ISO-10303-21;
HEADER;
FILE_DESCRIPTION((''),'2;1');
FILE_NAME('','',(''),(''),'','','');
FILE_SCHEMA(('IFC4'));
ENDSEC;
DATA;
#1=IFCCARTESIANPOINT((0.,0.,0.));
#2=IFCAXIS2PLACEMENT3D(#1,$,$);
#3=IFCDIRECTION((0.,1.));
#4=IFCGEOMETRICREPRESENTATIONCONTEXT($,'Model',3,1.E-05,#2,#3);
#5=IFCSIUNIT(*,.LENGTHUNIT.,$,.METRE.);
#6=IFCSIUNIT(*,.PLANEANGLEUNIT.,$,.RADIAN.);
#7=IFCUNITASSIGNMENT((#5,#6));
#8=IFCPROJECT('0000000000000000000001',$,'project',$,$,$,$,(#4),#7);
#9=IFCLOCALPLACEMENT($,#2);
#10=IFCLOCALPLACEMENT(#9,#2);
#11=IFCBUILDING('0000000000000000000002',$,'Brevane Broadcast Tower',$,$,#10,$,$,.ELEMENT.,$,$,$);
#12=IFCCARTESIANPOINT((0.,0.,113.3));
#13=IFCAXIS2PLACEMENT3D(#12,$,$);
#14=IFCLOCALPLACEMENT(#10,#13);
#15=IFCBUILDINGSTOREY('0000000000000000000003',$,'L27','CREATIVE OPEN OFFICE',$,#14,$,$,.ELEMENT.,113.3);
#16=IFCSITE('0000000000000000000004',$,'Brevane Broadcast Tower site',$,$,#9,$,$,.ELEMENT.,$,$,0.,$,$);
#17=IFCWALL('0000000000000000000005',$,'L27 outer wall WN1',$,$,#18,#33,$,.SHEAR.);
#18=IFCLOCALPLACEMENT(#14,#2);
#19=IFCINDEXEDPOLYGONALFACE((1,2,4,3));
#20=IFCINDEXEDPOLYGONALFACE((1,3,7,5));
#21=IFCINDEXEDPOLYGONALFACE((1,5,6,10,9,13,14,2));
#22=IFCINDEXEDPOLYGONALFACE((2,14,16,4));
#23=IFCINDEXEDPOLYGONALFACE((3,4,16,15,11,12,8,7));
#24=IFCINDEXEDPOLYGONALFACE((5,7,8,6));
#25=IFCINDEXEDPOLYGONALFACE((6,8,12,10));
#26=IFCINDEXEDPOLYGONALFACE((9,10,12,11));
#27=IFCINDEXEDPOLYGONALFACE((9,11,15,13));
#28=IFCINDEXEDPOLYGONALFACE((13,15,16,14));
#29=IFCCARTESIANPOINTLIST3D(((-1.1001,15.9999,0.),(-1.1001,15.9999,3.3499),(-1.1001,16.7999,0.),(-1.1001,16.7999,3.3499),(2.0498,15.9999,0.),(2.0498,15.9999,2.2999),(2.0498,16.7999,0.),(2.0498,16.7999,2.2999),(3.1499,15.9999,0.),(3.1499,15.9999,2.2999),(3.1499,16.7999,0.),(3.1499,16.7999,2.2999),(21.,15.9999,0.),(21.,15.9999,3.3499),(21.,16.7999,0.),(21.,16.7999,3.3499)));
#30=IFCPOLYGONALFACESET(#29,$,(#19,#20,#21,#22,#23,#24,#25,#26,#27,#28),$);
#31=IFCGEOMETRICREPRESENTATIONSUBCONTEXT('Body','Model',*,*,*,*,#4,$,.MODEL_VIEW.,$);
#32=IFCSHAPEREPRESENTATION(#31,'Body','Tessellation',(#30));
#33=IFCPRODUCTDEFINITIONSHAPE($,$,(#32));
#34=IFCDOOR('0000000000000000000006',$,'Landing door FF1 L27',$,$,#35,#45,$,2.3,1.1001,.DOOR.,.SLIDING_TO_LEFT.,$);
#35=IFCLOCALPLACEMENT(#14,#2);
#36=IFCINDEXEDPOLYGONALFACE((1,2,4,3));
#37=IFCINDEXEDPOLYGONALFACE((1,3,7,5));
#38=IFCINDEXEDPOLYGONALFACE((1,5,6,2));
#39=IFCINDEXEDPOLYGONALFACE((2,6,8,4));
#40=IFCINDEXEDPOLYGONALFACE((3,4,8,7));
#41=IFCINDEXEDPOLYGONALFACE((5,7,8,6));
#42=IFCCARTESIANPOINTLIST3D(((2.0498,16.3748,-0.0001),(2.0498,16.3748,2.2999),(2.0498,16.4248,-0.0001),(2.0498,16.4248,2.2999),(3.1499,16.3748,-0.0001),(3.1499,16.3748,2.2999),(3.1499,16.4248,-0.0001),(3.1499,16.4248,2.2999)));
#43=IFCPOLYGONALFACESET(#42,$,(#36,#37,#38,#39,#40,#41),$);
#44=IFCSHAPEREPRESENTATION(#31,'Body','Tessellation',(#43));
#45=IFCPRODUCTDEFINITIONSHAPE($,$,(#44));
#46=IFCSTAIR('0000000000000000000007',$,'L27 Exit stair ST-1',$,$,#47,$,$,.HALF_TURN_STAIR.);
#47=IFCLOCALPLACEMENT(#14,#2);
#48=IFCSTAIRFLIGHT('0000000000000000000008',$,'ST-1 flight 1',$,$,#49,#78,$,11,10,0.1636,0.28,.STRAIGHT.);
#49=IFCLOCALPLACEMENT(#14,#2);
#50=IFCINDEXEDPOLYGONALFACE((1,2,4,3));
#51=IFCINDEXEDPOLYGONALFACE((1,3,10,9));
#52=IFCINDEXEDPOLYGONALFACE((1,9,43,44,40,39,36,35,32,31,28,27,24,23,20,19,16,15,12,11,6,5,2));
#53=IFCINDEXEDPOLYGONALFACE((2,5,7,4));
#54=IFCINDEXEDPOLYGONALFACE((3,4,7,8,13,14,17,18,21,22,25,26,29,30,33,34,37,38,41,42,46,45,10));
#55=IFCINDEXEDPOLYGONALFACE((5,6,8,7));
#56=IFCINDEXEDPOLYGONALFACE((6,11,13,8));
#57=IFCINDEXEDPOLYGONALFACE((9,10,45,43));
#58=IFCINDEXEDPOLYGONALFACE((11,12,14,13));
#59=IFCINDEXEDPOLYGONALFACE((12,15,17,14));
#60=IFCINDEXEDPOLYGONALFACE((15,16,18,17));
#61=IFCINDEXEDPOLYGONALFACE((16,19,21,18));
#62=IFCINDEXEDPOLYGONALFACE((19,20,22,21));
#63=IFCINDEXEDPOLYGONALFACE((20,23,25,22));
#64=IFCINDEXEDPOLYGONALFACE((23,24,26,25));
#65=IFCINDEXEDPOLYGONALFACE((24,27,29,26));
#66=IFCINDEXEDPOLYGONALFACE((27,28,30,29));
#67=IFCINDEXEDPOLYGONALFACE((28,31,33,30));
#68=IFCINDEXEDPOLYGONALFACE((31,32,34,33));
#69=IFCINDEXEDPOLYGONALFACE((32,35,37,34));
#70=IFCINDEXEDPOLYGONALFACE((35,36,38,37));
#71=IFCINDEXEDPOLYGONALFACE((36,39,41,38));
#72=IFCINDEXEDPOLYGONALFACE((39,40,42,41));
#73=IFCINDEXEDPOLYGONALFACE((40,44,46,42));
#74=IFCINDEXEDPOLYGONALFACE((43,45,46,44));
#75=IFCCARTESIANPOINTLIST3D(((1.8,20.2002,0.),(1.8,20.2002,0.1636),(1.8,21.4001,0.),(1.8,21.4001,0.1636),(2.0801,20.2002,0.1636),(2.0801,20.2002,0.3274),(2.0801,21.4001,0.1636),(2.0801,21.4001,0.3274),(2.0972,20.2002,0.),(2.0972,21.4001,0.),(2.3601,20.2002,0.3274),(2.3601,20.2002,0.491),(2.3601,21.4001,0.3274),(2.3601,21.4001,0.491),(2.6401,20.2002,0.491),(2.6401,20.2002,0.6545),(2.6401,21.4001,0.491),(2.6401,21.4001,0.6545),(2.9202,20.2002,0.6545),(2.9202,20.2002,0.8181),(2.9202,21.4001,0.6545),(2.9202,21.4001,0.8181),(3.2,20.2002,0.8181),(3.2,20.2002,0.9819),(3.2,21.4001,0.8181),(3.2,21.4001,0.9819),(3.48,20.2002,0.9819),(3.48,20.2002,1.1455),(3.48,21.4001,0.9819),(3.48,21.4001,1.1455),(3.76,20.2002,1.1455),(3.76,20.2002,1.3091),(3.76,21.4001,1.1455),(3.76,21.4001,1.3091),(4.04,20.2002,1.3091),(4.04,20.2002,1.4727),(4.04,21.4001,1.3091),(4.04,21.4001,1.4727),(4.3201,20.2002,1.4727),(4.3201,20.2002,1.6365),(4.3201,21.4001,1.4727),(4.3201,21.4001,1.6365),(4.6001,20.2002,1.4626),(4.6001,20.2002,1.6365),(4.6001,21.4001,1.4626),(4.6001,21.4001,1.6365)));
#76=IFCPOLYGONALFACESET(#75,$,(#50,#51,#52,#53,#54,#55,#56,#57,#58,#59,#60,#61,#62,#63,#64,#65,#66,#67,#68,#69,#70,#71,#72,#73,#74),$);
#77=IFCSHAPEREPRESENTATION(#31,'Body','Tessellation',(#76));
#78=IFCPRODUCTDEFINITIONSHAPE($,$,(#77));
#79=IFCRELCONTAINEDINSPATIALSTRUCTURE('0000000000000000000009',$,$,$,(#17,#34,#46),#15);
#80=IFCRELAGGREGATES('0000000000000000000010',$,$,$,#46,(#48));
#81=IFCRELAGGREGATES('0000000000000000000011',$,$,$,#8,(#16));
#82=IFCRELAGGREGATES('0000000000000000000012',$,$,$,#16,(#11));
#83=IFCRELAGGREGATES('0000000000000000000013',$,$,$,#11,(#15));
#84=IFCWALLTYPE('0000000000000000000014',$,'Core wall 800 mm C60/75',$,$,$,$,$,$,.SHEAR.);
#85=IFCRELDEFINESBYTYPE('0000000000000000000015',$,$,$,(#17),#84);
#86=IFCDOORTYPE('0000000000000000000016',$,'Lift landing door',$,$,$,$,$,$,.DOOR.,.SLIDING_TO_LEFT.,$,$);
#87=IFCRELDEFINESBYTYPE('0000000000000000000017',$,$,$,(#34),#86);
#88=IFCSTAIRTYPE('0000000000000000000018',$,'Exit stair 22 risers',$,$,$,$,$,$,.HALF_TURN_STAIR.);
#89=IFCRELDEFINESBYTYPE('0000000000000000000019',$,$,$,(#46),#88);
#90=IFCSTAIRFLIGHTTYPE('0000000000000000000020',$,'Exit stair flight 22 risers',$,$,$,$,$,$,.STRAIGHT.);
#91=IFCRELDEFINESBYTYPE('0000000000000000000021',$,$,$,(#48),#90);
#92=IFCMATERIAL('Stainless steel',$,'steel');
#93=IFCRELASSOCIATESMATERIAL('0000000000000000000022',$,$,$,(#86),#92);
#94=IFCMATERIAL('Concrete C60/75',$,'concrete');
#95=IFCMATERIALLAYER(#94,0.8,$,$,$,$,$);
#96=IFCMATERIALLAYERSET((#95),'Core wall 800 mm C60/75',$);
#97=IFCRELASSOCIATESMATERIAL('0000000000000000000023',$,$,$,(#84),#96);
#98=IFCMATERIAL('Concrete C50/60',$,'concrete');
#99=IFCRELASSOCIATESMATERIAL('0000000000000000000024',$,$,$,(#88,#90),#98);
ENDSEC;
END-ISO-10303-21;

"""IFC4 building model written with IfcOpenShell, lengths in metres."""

from ifc_helpers import new_model, si_unit, direction, frame, frame_2d, origin, place, context, subcontext, project, spatial, polyline, rectangle, outline, extrude, material, layer, layer_set, type_object, element, fill, aggregate, save


model = new_model("IFC4")

# Units and contexts
model_context = context("Model", 3, precision=1e-05, world=origin(), true_north=direction((0.0, 1.0)))
body_context = subcontext(model_context, "Body", "Model", "MODEL_VIEW")
ifc_project = project(units=[si_unit("LENGTHUNIT", "METRE"), si_unit("PLANEANGLEUNIT", "RADIAN")], contexts=[model_context])

# Site, building, storey
site_placement = place(None, origin())
site = spatial("IfcSite", under=ifc_project, at=site_placement, Name="Brevane Broadcast Tower site", CompositionType="ELEMENT", RefElevation=0.0)
building_placement = place(site_placement, origin())
building = spatial("IfcBuilding", under=site, at=building_placement, Name="Brevane Broadcast Tower", CompositionType="ELEMENT")
storey_placement = place(building_placement, frame((0.0, 0.0, 113.3)))
storey = spatial("IfcBuildingStorey", under=building, at=storey_placement, Name="L27", Description="CREATIVE OPEN OFFICE", CompositionType="ELEMENT", Elevation=113.3)

# Shared definitions
ifc_material_1 = material(Name="Concrete C60/75", Category="concrete")
ifc_material_2 = material(Name="Stainless steel", Category="steel")
door_type = type_object("IfcDoorType", Name="Lift landing door", OperationType="SLIDING_TO_LEFT", PredefinedType="DOOR", material=ifc_material_2)

# Wall, opening, door
ifc_layer_1 = layer(ifc_material_1, 0.8)
ifc_layer_set_1 = layer_set([ifc_layer_1], Name="Core wall 800 mm C60/75")
wall_type_1 = type_object("IfcWallType", Name="Core wall 800 mm C60/75", PredefinedType="SHEAR", material=ifc_layer_set_1)
wall_1_placement = place(storey_placement, frame((-1.1001, 16.3999, 0.0), z_axis=(0.0, 0.0, 1.0), x_axis=(1.0, 0.0, 0.0)))
wall_1 = element("IfcWall", 1, at=wall_1_placement, inside=storey, type_object=wall_type_1, Name="L27 outer wall WN1", PredefinedType="SHEAR", context=body_context, shape_type="SweptSolid", body=[
    extrude(rectangle(XDim=22.1001, YDim=0.8, at=frame_2d((11.05, 0.0))), origin(), (0.0, 0.0, 1.0), 3.3499),
])
opening_1_placement = place(wall_1_placement, frame((3.1499, 0.0, 0.0)))
opening_1 = element("IfcOpeningElement", 2, at=opening_1_placement, cuts=wall_1, PredefinedType="OPENING", context=body_context, shape_type="SweptSolid", body=[
    extrude(rectangle(XDim=1.1001, YDim=2.3, at=frame_2d((0.55, 1.1499))), frame((0.0, 0.4099, 0.0), z_axis=(0.0, -1.0, 0.0), x_axis=(1.0, 0.0, 0.0)), (0.0, 0.0, 1.0), 0.8201),
])
door_1_placement = place(opening_1_placement, origin())
door_1 = element("IfcDoor", 3, at=door_1_placement, inside=storey, type_object=door_type, Name="Landing door FF1 L27", OperationType="SLIDING_TO_LEFT", OverallHeight=2.3, OverallWidth=1.1001, PredefinedType="DOOR", context=body_context, shape_type="SweptSolid", body=[
    extrude(rectangle(XDim=1.1001, YDim=2.3, at=frame_2d((0.55, 1.1499))), frame((0.0, 0.0249, 0.0), z_axis=(0.0, -1.0, 0.0), x_axis=(1.0, 0.0, 0.0)), (0.0, 0.0, 1.0), 0.05),
])
fill(opening_1, door_1)

# Stair, stair flight
ifc_material_3 = material(Name="Concrete C50/60", Category="concrete")
stair_type = type_object("IfcStairType", Name="Exit stair 22 risers", PredefinedType="HALF_TURN_STAIR", material=ifc_material_3)
stair_placement = place(storey_placement, origin())
stair = element("IfcStair", 4, at=stair_placement, inside=storey, type_object=stair_type, Name="L27 Exit stair ST-1", PredefinedType="HALF_TURN_STAIR")
stair_flight_type = type_object("IfcStairFlightType", Name="Exit stair flight 22 risers", PredefinedType="STRAIGHT", material=ifc_material_3)
stair_flight_placement = place(storey_placement, frame((1.8, 20.8, 0.0), z_axis=(0.0, 0.0, 1.0), x_axis=(1.0, 0.0, 0.0)))
stair_flight = element("IfcStairFlight", 5, at=stair_flight_placement, type_object=stair_flight_type, Name="ST-1 flight 1", NumberOfRisers=11, NumberOfTreads=10, PredefinedType="STRAIGHT", RiserHeight=0.1636, TreadLength=0.28, context=body_context, shape_type="SweptSolid", body=[
    extrude(outline(polyline([(0.0, 0.0), (0.0, 0.1636), (0.28, 0.1636), (0.28, 0.3274), (0.5601, 0.3274), (0.5601, 0.491), (0.8401, 0.491), (0.8401, 0.6545), (1.1201, 0.6545), (1.1201, 0.8181), (1.3999, 0.8181), (1.3999, 0.9819), (1.6799, 0.9819), (1.6799, 1.1455), (1.96, 1.1455), (1.96, 1.3091), (2.24, 1.3091), (2.24, 1.4727), (2.52, 1.4727), (2.52, 1.6365), (2.8, 1.6365), (2.8, 1.8), (2.8, 1.4626), (0.2971, 0.0), (0.0, 0.0)])), frame((0.0, 0.6001, 0.0), z_axis=(0.0, -1.0, 0.0), x_axis=(1.0, 0.0, 0.0)), (0.0, 0.0, 1.0), 1.2),
])
aggregate(stair, [stair_flight])

save(model, "model.ifc")
